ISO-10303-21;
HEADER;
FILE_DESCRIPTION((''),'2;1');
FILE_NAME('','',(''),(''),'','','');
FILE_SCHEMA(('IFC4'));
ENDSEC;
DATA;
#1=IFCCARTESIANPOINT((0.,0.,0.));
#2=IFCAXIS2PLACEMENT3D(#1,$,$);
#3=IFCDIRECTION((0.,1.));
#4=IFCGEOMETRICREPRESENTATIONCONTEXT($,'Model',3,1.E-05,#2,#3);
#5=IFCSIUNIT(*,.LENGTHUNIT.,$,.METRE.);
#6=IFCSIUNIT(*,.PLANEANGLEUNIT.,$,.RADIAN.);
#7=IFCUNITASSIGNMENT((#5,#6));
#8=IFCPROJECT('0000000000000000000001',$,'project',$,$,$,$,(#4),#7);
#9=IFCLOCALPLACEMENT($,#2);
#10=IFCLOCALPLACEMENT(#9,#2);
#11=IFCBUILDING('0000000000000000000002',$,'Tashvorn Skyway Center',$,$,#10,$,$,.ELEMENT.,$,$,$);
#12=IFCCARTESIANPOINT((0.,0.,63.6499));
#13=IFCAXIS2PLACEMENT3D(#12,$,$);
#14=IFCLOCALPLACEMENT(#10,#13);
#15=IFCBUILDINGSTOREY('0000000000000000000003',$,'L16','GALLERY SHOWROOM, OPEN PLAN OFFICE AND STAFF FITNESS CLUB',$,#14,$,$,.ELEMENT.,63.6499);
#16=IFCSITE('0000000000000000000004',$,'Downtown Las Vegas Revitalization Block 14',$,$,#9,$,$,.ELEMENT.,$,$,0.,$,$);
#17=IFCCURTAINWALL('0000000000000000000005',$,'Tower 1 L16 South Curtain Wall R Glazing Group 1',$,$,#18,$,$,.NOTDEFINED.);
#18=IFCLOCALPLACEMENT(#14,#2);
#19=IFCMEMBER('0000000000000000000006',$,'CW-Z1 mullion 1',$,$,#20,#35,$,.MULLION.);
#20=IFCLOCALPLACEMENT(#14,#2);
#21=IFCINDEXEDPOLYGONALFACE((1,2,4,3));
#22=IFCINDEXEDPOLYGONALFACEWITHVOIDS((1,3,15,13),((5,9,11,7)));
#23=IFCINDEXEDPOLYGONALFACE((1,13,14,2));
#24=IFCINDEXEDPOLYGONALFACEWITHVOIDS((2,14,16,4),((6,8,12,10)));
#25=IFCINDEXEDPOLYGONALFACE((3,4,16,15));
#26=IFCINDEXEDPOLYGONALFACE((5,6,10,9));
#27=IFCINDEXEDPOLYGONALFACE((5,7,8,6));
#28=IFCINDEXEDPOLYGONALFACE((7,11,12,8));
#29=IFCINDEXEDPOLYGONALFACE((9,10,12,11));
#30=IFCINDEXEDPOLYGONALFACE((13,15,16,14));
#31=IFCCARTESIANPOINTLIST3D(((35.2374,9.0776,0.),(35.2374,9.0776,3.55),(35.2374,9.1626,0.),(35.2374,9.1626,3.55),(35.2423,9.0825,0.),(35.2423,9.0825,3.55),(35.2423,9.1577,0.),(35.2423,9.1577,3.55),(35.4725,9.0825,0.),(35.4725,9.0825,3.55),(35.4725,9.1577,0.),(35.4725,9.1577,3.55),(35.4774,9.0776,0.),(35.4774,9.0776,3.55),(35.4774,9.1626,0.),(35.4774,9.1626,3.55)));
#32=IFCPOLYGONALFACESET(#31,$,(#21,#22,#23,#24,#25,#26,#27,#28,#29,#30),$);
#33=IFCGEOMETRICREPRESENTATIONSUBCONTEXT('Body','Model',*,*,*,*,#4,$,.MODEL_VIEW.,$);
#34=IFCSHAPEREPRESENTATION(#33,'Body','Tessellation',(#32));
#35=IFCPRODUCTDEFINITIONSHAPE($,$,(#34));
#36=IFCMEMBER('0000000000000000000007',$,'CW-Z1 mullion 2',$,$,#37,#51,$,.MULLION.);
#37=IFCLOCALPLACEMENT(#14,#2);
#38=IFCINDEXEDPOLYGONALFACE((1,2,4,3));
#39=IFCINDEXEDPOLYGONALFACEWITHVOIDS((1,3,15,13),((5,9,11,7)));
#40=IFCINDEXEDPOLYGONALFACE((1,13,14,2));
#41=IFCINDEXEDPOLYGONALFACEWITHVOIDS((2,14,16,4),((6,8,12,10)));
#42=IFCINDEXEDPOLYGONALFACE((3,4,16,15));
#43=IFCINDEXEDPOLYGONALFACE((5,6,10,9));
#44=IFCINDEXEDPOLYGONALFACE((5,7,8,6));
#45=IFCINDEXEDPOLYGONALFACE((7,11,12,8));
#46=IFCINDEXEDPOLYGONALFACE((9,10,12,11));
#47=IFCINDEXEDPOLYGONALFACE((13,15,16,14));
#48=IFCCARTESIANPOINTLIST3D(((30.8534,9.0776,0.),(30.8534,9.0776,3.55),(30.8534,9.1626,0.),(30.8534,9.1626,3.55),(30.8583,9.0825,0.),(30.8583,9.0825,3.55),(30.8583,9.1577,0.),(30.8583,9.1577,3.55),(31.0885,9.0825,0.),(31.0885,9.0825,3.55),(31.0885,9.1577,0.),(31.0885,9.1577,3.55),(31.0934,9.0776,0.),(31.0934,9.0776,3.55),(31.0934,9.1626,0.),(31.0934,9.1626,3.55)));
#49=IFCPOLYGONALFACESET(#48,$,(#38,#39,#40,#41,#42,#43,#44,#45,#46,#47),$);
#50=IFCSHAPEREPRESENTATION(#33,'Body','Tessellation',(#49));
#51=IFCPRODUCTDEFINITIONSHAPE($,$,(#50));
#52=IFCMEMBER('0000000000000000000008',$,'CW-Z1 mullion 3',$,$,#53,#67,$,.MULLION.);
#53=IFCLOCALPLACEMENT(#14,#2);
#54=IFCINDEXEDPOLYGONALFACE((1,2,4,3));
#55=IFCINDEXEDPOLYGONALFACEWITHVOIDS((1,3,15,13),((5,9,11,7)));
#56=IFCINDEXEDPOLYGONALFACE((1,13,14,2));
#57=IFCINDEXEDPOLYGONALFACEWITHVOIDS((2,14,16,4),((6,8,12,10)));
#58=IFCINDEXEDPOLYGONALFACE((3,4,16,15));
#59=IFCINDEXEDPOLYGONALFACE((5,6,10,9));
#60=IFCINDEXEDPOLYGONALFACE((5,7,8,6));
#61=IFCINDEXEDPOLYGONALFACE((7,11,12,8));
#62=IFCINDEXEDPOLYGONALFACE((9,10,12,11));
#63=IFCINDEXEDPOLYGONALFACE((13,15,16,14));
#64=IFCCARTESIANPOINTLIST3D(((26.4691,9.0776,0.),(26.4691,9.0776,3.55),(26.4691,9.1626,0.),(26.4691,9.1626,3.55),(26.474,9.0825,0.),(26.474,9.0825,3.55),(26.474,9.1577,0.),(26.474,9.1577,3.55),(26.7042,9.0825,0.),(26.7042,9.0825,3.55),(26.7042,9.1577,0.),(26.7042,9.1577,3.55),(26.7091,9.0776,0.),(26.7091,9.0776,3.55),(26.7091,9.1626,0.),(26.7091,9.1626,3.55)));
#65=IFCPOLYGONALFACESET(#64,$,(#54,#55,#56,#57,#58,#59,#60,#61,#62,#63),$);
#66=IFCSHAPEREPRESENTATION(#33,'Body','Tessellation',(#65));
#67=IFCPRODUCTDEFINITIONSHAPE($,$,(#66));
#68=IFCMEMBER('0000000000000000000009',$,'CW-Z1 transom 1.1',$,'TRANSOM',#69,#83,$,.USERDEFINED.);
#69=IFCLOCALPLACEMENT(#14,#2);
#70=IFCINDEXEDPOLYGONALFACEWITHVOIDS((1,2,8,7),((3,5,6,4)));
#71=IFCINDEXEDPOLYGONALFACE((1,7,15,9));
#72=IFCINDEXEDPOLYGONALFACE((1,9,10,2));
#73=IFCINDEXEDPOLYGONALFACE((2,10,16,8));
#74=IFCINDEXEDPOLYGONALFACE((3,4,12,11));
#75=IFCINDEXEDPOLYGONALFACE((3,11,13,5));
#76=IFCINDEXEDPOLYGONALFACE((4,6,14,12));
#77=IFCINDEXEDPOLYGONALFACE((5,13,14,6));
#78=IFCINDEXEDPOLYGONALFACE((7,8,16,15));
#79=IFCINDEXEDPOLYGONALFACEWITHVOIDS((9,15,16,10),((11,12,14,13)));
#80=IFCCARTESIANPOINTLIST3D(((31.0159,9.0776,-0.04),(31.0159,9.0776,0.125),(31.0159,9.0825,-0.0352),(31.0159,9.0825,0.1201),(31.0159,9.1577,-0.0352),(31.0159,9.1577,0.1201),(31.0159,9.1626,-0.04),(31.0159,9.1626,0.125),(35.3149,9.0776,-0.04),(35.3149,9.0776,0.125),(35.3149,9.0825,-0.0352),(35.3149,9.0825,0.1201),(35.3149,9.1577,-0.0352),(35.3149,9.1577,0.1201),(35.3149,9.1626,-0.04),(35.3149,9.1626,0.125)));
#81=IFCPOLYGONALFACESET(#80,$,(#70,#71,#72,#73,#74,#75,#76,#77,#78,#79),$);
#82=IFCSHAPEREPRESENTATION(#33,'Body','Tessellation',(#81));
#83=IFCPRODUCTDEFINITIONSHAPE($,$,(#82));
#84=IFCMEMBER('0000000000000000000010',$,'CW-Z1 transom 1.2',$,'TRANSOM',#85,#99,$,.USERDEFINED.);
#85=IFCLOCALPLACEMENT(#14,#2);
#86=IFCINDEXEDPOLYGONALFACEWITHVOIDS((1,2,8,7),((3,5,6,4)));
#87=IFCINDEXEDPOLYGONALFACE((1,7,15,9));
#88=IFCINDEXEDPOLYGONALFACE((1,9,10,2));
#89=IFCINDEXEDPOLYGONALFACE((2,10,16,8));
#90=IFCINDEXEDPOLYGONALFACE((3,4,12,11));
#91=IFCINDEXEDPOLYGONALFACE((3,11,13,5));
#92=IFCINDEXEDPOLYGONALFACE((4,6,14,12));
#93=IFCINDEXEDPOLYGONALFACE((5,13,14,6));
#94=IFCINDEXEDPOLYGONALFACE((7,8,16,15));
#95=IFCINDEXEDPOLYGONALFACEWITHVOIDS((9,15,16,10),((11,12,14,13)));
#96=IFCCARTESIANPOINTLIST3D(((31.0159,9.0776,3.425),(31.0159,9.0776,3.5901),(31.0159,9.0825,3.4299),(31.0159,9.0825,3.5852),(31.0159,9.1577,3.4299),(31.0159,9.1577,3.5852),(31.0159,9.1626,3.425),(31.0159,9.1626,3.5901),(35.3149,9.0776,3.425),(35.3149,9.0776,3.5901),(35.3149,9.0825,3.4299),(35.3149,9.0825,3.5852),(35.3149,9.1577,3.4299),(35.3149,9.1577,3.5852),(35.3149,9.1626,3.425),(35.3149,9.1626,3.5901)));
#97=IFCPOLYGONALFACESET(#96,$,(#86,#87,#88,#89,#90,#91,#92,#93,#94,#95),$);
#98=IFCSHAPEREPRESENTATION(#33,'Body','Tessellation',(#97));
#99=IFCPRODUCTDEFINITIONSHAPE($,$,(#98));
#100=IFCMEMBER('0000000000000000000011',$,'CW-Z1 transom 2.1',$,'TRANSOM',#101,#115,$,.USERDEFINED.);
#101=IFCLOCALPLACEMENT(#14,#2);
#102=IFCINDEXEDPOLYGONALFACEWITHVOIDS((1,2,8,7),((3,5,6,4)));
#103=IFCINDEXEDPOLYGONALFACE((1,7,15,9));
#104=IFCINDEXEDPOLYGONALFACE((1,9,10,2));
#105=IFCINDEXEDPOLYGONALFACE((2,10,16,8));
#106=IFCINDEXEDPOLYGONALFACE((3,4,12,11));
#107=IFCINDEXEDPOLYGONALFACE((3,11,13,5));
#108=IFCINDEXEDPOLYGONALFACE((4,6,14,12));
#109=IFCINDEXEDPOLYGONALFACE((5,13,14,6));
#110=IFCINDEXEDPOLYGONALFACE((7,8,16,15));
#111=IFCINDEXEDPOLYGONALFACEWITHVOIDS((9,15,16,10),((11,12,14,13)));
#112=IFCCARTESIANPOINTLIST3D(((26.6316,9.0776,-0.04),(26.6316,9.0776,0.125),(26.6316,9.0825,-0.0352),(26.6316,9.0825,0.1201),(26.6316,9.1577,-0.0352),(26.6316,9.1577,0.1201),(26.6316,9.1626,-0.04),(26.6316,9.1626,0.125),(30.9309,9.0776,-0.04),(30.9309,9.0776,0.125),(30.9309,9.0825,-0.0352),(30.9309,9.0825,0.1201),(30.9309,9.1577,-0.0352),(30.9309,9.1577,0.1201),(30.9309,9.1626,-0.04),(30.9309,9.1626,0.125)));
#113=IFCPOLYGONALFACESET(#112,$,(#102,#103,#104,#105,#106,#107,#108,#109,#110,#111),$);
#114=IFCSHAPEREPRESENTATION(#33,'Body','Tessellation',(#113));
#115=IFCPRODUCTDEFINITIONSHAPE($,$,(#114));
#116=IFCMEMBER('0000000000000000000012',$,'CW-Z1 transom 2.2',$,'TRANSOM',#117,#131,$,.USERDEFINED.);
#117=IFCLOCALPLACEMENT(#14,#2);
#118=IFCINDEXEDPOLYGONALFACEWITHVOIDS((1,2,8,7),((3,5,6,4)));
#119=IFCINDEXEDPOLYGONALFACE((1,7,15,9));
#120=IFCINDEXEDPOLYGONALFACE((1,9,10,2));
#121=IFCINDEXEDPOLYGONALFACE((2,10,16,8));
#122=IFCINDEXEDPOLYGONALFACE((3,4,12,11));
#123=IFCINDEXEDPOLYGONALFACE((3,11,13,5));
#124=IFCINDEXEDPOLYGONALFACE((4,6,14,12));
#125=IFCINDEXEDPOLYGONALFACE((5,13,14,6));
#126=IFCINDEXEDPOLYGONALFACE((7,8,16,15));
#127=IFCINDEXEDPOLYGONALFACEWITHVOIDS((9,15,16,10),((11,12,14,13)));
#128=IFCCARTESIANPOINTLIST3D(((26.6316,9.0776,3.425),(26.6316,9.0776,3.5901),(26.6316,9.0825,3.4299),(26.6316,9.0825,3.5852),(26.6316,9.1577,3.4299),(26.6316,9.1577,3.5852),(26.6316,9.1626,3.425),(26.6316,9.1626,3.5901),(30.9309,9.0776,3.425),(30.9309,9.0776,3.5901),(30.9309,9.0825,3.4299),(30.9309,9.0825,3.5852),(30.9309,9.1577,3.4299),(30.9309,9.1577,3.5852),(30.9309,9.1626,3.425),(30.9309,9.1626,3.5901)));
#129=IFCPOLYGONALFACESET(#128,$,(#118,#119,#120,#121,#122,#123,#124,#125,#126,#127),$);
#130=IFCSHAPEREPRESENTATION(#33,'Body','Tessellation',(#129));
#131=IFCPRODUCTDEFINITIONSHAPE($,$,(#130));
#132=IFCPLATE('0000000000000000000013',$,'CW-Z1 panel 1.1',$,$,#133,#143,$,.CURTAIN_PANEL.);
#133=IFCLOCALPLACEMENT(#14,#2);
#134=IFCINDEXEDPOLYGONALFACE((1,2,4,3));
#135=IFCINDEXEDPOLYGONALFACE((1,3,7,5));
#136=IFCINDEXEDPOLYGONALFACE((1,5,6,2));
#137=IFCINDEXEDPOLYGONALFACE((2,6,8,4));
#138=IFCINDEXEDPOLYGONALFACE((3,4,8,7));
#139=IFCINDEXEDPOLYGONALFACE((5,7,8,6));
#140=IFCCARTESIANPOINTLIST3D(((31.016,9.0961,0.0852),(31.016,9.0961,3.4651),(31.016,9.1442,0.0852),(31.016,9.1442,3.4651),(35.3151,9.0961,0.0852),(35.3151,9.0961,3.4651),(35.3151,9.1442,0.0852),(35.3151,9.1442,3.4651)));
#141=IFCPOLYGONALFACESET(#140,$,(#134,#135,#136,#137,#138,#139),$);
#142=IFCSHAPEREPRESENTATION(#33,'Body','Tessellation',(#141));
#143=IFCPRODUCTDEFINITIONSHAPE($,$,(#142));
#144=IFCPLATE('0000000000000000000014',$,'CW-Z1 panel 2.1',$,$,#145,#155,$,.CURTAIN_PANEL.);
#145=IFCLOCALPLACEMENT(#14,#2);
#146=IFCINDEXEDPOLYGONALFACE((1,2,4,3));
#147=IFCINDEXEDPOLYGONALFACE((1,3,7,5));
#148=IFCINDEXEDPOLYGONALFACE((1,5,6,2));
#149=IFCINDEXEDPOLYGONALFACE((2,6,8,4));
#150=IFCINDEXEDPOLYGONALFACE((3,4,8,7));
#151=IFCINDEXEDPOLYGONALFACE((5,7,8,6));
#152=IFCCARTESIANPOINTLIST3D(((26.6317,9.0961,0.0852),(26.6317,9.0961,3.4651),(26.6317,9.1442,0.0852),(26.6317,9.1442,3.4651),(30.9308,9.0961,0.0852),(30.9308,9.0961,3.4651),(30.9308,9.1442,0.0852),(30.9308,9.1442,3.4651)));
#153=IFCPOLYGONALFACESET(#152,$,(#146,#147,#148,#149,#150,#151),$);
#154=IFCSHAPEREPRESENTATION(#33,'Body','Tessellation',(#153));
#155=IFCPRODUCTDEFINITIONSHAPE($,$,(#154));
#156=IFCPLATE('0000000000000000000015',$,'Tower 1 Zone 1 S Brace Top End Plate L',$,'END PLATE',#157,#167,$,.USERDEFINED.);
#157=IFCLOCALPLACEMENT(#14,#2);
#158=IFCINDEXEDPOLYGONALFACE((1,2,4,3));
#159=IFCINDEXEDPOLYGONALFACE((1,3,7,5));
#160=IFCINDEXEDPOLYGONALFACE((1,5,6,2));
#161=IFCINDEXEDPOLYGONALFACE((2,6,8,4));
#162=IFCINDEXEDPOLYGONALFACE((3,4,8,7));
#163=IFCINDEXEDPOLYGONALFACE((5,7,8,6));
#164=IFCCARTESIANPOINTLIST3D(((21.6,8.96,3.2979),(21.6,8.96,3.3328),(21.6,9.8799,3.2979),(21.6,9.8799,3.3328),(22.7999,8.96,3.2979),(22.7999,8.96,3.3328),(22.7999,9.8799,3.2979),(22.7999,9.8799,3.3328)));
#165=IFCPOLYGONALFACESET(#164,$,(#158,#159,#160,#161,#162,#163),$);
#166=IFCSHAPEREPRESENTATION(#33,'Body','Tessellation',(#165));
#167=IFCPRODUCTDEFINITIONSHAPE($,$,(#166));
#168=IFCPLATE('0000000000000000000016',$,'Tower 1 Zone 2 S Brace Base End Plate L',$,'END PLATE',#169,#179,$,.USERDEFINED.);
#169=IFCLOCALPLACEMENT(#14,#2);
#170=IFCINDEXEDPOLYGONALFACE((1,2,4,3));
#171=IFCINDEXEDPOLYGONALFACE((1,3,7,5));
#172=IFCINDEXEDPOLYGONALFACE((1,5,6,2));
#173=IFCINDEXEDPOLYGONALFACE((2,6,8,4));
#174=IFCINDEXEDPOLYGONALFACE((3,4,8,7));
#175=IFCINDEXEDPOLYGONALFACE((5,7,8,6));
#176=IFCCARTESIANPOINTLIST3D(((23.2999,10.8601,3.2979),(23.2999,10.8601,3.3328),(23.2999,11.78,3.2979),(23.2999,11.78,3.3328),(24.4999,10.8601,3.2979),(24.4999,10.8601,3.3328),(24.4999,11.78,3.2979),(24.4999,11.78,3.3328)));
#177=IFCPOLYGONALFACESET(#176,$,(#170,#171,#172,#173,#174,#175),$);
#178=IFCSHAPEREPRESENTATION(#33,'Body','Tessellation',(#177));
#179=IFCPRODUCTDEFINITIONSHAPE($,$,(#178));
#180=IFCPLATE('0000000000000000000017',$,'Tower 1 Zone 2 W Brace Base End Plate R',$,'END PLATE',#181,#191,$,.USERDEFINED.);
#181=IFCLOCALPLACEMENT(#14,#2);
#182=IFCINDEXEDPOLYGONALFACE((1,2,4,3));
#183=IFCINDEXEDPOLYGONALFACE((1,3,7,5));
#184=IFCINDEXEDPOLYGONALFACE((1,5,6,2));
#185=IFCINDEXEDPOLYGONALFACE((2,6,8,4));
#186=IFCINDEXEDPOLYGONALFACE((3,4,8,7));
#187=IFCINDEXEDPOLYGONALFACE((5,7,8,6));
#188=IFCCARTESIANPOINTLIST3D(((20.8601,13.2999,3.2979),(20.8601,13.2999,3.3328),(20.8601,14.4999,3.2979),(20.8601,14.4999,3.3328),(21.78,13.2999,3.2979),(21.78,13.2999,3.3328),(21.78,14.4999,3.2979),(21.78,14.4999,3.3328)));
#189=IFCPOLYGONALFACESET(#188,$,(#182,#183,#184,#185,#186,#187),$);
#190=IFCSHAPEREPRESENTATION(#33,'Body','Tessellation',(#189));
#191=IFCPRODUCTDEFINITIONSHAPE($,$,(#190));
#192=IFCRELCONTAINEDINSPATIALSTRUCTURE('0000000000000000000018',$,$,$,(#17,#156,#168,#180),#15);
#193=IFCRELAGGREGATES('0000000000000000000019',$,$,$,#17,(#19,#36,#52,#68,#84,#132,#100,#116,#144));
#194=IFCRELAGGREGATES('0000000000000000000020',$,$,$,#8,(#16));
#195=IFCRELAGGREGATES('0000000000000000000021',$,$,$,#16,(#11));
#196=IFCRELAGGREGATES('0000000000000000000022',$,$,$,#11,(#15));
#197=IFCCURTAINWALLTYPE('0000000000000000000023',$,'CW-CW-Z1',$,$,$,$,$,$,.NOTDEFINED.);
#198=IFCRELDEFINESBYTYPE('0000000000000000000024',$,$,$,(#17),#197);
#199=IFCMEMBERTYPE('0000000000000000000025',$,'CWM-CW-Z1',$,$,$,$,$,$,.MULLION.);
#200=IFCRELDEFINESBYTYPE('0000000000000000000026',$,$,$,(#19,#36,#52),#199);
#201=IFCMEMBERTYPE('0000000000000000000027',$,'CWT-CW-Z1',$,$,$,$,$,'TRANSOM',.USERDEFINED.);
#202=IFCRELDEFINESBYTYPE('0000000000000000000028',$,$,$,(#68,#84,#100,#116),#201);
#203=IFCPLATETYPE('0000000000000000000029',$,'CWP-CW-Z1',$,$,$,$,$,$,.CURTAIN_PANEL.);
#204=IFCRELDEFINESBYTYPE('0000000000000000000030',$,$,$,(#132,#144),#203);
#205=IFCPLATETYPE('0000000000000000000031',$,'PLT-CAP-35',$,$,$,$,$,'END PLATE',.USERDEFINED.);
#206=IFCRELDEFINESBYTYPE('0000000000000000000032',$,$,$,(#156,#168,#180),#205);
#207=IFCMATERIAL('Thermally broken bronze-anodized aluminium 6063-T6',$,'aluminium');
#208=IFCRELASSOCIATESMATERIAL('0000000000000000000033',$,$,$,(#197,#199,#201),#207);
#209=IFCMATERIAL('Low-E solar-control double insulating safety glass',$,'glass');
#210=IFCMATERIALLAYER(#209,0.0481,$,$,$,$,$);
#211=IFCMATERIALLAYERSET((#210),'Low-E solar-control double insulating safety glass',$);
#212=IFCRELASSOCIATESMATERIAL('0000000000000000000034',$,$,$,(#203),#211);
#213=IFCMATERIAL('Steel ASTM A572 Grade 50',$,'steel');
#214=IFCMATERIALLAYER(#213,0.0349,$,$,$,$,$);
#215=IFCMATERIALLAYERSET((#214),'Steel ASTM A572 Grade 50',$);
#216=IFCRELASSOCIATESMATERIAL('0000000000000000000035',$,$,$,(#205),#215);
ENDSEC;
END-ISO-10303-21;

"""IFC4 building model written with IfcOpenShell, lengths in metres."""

from ifc_helpers import new_model, si_unit, direction, frame, origin, origin_2d, place, context, subcontext, project, spatial, rectangle, hollow_rectangle, extrude, material, layer, layer_set, material_profile, profile_set, type_object, element, aggregate, save


model = new_model("IFC4")

# Units and contexts
model_context = context("Model", 3, precision=1e-05, world=origin(), true_north=direction((0.0, 1.0)))
body_context = subcontext(model_context, "Body", "Model", "MODEL_VIEW")
ifc_project = project(units=[si_unit("LENGTHUNIT", "METRE"), si_unit("PLANEANGLEUNIT", "RADIAN")], contexts=[model_context])

# Site, building, storey
site_placement = place(None, origin())
site = spatial("IfcSite", under=ifc_project, at=site_placement, Name="Downtown Las Vegas Revitalization Block 14", CompositionType="ELEMENT", RefElevation=0.0)
building_placement = place(site_placement, origin())
building = spatial("IfcBuilding", under=site, at=building_placement, Name="Tashvorn Skyway Center", CompositionType="ELEMENT")
storey_placement = place(building_placement, frame((0.0, 0.0, 63.6499)))
storey = spatial("IfcBuildingStorey", under=building, at=storey_placement, Name="L16", Description="GALLERY SHOWROOM, OPEN PLAN OFFICE AND STAFF FITNESS CLUB", CompositionType="ELEMENT", Elevation=63.6499)

# Shared definitions
ifc_material_1 = material(Name="Steel ASTM A572 Grade 50", Category="steel")

# Curtain wall, members, plates
ifc_material_2 = material(Name="Thermally broken bronze-anodized aluminium 6063-T6", Category="aluminium")
curtain_wall_type = type_object("IfcCurtainWallType", Name="CW-CW-Z1", PredefinedType="NOTDEFINED", material=ifc_material_2)
curtain_wall_placement = place(storey_placement, origin())
curtain_wall = element("IfcCurtainWall", 1, at=curtain_wall_placement, inside=storey, type_object=curtain_wall_type, Name="Tower 1 L16 South Curtain Wall R Glazing Group 1", PredefinedType="NOTDEFINED")
ifc_material_profile_1 = material_profile(ifc_material_2, hollow_rectangle(XDim=0.085, YDim=0.24, WallThickness=0.0049, at=origin_2d()), Name="ALU-MULL-85x240")
ifc_profile_set_1 = profile_set([ifc_material_profile_1], Name="Thermally broken bronze-anodized aluminium 6063-T6")
member_type_1 = type_object("IfcMemberType", Name="CWM-CW-Z1", PredefinedType="MULLION", material=ifc_profile_set_1)
member_1_placement = place(storey_placement, frame((35.3574, 9.1201, 0.0), z_axis=(0.0, 0.0, 1.0), x_axis=(0.0, -1.0, 0.0)))
member_1 = element("IfcMember", 2, at=member_1_placement, type_object=member_type_1, Name="CW-Z1 mullion 1", PredefinedType="MULLION", context=body_context, shape_type="SweptSolid", body=[
    extrude(hollow_rectangle(XDim=0.085, YDim=0.24, WallThickness=0.0049, at=origin_2d()), origin(), (0.0, 0.0, 1.0), 3.55),
])
member_2_placement = place(storey_placement, frame((30.9734, 9.1201, 0.0), z_axis=(0.0, 0.0, 1.0), x_axis=(0.0, -1.0, 0.0)))
member_2 = element("IfcMember", 3, at=member_2_placement, type_object=member_type_1, Name="CW-Z1 mullion 2", PredefinedType="MULLION", context=body_context, shape_type="SweptSolid", body=[
    extrude(hollow_rectangle(XDim=0.085, YDim=0.24, WallThickness=0.0049, at=origin_2d()), origin(), (0.0, 0.0, 1.0), 3.55),
])
member_3_placement = place(storey_placement, frame((26.5891, 9.1201, 0.0), z_axis=(0.0, 0.0, 1.0), x_axis=(0.0, -1.0, 0.0)))
member_3 = element("IfcMember", 4, at=member_3_placement, type_object=member_type_1, Name="CW-Z1 mullion 3", PredefinedType="MULLION", context=body_context, shape_type="SweptSolid", body=[
    extrude(hollow_rectangle(XDim=0.085, YDim=0.24, WallThickness=0.0049, at=origin_2d()), origin(), (0.0, 0.0, 1.0), 3.55),
])
ifc_material_profile_2 = material_profile(ifc_material_2, hollow_rectangle(XDim=0.085, YDim=0.165, WallThickness=0.0049, at=origin_2d()), Name="ALU-TRAN-85x165")
ifc_profile_set_2 = profile_set([ifc_material_profile_2], Name="Thermally broken bronze-anodized aluminium 6063-T6")
member_type_2 = type_object("IfcMemberType", Name="CWT-CW-Z1", ElementType="TRANSOM", PredefinedType="USERDEFINED", material=ifc_profile_set_2)
member_4_placement = place(storey_placement, frame((35.3149, 9.1201, 0.0425), z_axis=(-1.0, 0.0, 0.0), x_axis=(0.0, -1.0, 0.0)))
member_4 = element("IfcMember", 5, at=member_4_placement, type_object=member_type_2, Name="CW-Z1 transom 1.1", ObjectType="TRANSOM", PredefinedType="USERDEFINED", context=body_context, shape_type="SweptSolid", body=[
    extrude(hollow_rectangle(XDim=0.085, YDim=0.165, WallThickness=0.0049, at=origin_2d()), origin(), (0.0, 0.0, 1.0), 4.2991),
])
member_5_placement = place(storey_placement, frame((35.3149, 9.1201, 3.5076), z_axis=(-1.0, 0.0, 0.0), x_axis=(0.0, -1.0, 0.0)))
member_5 = element("IfcMember", 6, at=member_5_placement, type_object=member_type_2, Name="CW-Z1 transom 1.2", ObjectType="TRANSOM", PredefinedType="USERDEFINED", context=body_context, shape_type="SweptSolid", body=[
    extrude(hollow_rectangle(XDim=0.085, YDim=0.165, WallThickness=0.0049, at=origin_2d()), origin(), (0.0, 0.0, 1.0), 4.2991),
])
member_6_placement = place(storey_placement, frame((30.9309, 9.1201, 0.0425), z_axis=(-1.0, 0.0, 0.0), x_axis=(0.0, -1.0, 0.0)))
member_6 = element("IfcMember", 7, at=member_6_placement, type_object=member_type_2, Name="CW-Z1 transom 2.1", ObjectType="TRANSOM", PredefinedType="USERDEFINED", context=body_context, shape_type="SweptSolid", body=[
    extrude(hollow_rectangle(XDim=0.085, YDim=0.165, WallThickness=0.0049, at=origin_2d()), origin(), (0.0, 0.0, 1.0), 4.2993),
])
member_7_placement = place(storey_placement, frame((30.9309, 9.1201, 3.5076), z_axis=(-1.0, 0.0, 0.0), x_axis=(0.0, -1.0, 0.0)))
member_7 = element("IfcMember", 8, at=member_7_placement, type_object=member_type_2, Name="CW-Z1 transom 2.2", ObjectType="TRANSOM", PredefinedType="USERDEFINED", context=body_context, shape_type="SweptSolid", body=[
    extrude(hollow_rectangle(XDim=0.085, YDim=0.165, WallThickness=0.0049, at=origin_2d()), origin(), (0.0, 0.0, 1.0), 4.2993),
])
ifc_material_3 = material(Name="Low-E solar-control double insulating safety glass", Category="glass")
ifc_layer_1 = layer(ifc_material_3, 0.0481)
ifc_layer_set_1 = layer_set([ifc_layer_1], Name="Low-E solar-control double insulating safety glass")
plate_type_1 = type_object("IfcPlateType", Name="CWP-CW-Z1", PredefinedType="CURTAIN_PANEL", material=ifc_layer_set_1)
plate_1_placement = place(storey_placement, frame((33.1655, 9.1201, 0.0852), z_axis=(0.0, 0.0, 1.0), x_axis=(-1.0, 0.0, 0.0)))
plate_1 = element("IfcPlate", 9, at=plate_1_placement, type_object=plate_type_1, Name="CW-Z1 panel 1.1", PredefinedType="CURTAIN_PANEL", context=body_context, shape_type="SweptSolid", body=[
    extrude(rectangle(XDim=4.2991, YDim=0.0481, at=origin_2d()), origin(), (0.0, 0.0, 1.0), 3.3799),
])
plate_2_placement = place(storey_placement, frame((28.7812, 9.1201, 0.0852), z_axis=(0.0, 0.0, 1.0), x_axis=(-1.0, 0.0, 0.0)))
plate_2 = element("IfcPlate", 10, at=plate_2_placement, type_object=plate_type_1, Name="CW-Z1 panel 2.1", PredefinedType="CURTAIN_PANEL", context=body_context, shape_type="SweptSolid", body=[
    extrude(rectangle(XDim=4.2991, YDim=0.0481, at=origin_2d()), origin(), (0.0, 0.0, 1.0), 3.3799),
])
aggregate(curtain_wall, [member_1, member_2, member_3, member_4, member_5, plate_1, member_6, member_7, plate_2])

# Plates
ifc_layer_2 = layer(ifc_material_1, 0.0349)
ifc_layer_set_2 = layer_set([ifc_layer_2], Name="Steel ASTM A572 Grade 50")
plate_type_2 = type_object("IfcPlateType", Name="PLT-CAP-35", ElementType="END PLATE", PredefinedType="USERDEFINED", material=ifc_layer_set_2)
for number, where, z_axis, x_axis, name in (
    (11, (22.2, 9.4199, 3.2979), (0.0, 0.0, 1.0), (1.0, 0.0, 0.0), "Tower 1 Zone 1 S Brace Top End Plate L"),
    (12, (23.8999, 11.3201, 3.2979), (0.0, 0.0, 1.0), (1.0, 0.0, 0.0), "Tower 1 Zone 2 S Brace Base End Plate L"),
    (13, (21.3201, 13.8999, 3.2979), (0.0, 0.0, 1.0), (0.0, -1.0, 0.0), "Tower 1 Zone 2 W Brace Base End Plate R"),
):
    element("IfcPlate", number, at=place(storey_placement, frame(where, z_axis=z_axis, x_axis=x_axis)), inside=storey, type_object=plate_type_2, Name=name, ObjectType="END PLATE", PredefinedType="USERDEFINED", context=body_context, shape_type="SweptSolid", body=[
        extrude(rectangle(XDim=1.2, YDim=0.9199, at=origin_2d()), origin(), (0.0, 0.0, 1.0), 0.0349),
    ])

save(model, "model.ifc")
